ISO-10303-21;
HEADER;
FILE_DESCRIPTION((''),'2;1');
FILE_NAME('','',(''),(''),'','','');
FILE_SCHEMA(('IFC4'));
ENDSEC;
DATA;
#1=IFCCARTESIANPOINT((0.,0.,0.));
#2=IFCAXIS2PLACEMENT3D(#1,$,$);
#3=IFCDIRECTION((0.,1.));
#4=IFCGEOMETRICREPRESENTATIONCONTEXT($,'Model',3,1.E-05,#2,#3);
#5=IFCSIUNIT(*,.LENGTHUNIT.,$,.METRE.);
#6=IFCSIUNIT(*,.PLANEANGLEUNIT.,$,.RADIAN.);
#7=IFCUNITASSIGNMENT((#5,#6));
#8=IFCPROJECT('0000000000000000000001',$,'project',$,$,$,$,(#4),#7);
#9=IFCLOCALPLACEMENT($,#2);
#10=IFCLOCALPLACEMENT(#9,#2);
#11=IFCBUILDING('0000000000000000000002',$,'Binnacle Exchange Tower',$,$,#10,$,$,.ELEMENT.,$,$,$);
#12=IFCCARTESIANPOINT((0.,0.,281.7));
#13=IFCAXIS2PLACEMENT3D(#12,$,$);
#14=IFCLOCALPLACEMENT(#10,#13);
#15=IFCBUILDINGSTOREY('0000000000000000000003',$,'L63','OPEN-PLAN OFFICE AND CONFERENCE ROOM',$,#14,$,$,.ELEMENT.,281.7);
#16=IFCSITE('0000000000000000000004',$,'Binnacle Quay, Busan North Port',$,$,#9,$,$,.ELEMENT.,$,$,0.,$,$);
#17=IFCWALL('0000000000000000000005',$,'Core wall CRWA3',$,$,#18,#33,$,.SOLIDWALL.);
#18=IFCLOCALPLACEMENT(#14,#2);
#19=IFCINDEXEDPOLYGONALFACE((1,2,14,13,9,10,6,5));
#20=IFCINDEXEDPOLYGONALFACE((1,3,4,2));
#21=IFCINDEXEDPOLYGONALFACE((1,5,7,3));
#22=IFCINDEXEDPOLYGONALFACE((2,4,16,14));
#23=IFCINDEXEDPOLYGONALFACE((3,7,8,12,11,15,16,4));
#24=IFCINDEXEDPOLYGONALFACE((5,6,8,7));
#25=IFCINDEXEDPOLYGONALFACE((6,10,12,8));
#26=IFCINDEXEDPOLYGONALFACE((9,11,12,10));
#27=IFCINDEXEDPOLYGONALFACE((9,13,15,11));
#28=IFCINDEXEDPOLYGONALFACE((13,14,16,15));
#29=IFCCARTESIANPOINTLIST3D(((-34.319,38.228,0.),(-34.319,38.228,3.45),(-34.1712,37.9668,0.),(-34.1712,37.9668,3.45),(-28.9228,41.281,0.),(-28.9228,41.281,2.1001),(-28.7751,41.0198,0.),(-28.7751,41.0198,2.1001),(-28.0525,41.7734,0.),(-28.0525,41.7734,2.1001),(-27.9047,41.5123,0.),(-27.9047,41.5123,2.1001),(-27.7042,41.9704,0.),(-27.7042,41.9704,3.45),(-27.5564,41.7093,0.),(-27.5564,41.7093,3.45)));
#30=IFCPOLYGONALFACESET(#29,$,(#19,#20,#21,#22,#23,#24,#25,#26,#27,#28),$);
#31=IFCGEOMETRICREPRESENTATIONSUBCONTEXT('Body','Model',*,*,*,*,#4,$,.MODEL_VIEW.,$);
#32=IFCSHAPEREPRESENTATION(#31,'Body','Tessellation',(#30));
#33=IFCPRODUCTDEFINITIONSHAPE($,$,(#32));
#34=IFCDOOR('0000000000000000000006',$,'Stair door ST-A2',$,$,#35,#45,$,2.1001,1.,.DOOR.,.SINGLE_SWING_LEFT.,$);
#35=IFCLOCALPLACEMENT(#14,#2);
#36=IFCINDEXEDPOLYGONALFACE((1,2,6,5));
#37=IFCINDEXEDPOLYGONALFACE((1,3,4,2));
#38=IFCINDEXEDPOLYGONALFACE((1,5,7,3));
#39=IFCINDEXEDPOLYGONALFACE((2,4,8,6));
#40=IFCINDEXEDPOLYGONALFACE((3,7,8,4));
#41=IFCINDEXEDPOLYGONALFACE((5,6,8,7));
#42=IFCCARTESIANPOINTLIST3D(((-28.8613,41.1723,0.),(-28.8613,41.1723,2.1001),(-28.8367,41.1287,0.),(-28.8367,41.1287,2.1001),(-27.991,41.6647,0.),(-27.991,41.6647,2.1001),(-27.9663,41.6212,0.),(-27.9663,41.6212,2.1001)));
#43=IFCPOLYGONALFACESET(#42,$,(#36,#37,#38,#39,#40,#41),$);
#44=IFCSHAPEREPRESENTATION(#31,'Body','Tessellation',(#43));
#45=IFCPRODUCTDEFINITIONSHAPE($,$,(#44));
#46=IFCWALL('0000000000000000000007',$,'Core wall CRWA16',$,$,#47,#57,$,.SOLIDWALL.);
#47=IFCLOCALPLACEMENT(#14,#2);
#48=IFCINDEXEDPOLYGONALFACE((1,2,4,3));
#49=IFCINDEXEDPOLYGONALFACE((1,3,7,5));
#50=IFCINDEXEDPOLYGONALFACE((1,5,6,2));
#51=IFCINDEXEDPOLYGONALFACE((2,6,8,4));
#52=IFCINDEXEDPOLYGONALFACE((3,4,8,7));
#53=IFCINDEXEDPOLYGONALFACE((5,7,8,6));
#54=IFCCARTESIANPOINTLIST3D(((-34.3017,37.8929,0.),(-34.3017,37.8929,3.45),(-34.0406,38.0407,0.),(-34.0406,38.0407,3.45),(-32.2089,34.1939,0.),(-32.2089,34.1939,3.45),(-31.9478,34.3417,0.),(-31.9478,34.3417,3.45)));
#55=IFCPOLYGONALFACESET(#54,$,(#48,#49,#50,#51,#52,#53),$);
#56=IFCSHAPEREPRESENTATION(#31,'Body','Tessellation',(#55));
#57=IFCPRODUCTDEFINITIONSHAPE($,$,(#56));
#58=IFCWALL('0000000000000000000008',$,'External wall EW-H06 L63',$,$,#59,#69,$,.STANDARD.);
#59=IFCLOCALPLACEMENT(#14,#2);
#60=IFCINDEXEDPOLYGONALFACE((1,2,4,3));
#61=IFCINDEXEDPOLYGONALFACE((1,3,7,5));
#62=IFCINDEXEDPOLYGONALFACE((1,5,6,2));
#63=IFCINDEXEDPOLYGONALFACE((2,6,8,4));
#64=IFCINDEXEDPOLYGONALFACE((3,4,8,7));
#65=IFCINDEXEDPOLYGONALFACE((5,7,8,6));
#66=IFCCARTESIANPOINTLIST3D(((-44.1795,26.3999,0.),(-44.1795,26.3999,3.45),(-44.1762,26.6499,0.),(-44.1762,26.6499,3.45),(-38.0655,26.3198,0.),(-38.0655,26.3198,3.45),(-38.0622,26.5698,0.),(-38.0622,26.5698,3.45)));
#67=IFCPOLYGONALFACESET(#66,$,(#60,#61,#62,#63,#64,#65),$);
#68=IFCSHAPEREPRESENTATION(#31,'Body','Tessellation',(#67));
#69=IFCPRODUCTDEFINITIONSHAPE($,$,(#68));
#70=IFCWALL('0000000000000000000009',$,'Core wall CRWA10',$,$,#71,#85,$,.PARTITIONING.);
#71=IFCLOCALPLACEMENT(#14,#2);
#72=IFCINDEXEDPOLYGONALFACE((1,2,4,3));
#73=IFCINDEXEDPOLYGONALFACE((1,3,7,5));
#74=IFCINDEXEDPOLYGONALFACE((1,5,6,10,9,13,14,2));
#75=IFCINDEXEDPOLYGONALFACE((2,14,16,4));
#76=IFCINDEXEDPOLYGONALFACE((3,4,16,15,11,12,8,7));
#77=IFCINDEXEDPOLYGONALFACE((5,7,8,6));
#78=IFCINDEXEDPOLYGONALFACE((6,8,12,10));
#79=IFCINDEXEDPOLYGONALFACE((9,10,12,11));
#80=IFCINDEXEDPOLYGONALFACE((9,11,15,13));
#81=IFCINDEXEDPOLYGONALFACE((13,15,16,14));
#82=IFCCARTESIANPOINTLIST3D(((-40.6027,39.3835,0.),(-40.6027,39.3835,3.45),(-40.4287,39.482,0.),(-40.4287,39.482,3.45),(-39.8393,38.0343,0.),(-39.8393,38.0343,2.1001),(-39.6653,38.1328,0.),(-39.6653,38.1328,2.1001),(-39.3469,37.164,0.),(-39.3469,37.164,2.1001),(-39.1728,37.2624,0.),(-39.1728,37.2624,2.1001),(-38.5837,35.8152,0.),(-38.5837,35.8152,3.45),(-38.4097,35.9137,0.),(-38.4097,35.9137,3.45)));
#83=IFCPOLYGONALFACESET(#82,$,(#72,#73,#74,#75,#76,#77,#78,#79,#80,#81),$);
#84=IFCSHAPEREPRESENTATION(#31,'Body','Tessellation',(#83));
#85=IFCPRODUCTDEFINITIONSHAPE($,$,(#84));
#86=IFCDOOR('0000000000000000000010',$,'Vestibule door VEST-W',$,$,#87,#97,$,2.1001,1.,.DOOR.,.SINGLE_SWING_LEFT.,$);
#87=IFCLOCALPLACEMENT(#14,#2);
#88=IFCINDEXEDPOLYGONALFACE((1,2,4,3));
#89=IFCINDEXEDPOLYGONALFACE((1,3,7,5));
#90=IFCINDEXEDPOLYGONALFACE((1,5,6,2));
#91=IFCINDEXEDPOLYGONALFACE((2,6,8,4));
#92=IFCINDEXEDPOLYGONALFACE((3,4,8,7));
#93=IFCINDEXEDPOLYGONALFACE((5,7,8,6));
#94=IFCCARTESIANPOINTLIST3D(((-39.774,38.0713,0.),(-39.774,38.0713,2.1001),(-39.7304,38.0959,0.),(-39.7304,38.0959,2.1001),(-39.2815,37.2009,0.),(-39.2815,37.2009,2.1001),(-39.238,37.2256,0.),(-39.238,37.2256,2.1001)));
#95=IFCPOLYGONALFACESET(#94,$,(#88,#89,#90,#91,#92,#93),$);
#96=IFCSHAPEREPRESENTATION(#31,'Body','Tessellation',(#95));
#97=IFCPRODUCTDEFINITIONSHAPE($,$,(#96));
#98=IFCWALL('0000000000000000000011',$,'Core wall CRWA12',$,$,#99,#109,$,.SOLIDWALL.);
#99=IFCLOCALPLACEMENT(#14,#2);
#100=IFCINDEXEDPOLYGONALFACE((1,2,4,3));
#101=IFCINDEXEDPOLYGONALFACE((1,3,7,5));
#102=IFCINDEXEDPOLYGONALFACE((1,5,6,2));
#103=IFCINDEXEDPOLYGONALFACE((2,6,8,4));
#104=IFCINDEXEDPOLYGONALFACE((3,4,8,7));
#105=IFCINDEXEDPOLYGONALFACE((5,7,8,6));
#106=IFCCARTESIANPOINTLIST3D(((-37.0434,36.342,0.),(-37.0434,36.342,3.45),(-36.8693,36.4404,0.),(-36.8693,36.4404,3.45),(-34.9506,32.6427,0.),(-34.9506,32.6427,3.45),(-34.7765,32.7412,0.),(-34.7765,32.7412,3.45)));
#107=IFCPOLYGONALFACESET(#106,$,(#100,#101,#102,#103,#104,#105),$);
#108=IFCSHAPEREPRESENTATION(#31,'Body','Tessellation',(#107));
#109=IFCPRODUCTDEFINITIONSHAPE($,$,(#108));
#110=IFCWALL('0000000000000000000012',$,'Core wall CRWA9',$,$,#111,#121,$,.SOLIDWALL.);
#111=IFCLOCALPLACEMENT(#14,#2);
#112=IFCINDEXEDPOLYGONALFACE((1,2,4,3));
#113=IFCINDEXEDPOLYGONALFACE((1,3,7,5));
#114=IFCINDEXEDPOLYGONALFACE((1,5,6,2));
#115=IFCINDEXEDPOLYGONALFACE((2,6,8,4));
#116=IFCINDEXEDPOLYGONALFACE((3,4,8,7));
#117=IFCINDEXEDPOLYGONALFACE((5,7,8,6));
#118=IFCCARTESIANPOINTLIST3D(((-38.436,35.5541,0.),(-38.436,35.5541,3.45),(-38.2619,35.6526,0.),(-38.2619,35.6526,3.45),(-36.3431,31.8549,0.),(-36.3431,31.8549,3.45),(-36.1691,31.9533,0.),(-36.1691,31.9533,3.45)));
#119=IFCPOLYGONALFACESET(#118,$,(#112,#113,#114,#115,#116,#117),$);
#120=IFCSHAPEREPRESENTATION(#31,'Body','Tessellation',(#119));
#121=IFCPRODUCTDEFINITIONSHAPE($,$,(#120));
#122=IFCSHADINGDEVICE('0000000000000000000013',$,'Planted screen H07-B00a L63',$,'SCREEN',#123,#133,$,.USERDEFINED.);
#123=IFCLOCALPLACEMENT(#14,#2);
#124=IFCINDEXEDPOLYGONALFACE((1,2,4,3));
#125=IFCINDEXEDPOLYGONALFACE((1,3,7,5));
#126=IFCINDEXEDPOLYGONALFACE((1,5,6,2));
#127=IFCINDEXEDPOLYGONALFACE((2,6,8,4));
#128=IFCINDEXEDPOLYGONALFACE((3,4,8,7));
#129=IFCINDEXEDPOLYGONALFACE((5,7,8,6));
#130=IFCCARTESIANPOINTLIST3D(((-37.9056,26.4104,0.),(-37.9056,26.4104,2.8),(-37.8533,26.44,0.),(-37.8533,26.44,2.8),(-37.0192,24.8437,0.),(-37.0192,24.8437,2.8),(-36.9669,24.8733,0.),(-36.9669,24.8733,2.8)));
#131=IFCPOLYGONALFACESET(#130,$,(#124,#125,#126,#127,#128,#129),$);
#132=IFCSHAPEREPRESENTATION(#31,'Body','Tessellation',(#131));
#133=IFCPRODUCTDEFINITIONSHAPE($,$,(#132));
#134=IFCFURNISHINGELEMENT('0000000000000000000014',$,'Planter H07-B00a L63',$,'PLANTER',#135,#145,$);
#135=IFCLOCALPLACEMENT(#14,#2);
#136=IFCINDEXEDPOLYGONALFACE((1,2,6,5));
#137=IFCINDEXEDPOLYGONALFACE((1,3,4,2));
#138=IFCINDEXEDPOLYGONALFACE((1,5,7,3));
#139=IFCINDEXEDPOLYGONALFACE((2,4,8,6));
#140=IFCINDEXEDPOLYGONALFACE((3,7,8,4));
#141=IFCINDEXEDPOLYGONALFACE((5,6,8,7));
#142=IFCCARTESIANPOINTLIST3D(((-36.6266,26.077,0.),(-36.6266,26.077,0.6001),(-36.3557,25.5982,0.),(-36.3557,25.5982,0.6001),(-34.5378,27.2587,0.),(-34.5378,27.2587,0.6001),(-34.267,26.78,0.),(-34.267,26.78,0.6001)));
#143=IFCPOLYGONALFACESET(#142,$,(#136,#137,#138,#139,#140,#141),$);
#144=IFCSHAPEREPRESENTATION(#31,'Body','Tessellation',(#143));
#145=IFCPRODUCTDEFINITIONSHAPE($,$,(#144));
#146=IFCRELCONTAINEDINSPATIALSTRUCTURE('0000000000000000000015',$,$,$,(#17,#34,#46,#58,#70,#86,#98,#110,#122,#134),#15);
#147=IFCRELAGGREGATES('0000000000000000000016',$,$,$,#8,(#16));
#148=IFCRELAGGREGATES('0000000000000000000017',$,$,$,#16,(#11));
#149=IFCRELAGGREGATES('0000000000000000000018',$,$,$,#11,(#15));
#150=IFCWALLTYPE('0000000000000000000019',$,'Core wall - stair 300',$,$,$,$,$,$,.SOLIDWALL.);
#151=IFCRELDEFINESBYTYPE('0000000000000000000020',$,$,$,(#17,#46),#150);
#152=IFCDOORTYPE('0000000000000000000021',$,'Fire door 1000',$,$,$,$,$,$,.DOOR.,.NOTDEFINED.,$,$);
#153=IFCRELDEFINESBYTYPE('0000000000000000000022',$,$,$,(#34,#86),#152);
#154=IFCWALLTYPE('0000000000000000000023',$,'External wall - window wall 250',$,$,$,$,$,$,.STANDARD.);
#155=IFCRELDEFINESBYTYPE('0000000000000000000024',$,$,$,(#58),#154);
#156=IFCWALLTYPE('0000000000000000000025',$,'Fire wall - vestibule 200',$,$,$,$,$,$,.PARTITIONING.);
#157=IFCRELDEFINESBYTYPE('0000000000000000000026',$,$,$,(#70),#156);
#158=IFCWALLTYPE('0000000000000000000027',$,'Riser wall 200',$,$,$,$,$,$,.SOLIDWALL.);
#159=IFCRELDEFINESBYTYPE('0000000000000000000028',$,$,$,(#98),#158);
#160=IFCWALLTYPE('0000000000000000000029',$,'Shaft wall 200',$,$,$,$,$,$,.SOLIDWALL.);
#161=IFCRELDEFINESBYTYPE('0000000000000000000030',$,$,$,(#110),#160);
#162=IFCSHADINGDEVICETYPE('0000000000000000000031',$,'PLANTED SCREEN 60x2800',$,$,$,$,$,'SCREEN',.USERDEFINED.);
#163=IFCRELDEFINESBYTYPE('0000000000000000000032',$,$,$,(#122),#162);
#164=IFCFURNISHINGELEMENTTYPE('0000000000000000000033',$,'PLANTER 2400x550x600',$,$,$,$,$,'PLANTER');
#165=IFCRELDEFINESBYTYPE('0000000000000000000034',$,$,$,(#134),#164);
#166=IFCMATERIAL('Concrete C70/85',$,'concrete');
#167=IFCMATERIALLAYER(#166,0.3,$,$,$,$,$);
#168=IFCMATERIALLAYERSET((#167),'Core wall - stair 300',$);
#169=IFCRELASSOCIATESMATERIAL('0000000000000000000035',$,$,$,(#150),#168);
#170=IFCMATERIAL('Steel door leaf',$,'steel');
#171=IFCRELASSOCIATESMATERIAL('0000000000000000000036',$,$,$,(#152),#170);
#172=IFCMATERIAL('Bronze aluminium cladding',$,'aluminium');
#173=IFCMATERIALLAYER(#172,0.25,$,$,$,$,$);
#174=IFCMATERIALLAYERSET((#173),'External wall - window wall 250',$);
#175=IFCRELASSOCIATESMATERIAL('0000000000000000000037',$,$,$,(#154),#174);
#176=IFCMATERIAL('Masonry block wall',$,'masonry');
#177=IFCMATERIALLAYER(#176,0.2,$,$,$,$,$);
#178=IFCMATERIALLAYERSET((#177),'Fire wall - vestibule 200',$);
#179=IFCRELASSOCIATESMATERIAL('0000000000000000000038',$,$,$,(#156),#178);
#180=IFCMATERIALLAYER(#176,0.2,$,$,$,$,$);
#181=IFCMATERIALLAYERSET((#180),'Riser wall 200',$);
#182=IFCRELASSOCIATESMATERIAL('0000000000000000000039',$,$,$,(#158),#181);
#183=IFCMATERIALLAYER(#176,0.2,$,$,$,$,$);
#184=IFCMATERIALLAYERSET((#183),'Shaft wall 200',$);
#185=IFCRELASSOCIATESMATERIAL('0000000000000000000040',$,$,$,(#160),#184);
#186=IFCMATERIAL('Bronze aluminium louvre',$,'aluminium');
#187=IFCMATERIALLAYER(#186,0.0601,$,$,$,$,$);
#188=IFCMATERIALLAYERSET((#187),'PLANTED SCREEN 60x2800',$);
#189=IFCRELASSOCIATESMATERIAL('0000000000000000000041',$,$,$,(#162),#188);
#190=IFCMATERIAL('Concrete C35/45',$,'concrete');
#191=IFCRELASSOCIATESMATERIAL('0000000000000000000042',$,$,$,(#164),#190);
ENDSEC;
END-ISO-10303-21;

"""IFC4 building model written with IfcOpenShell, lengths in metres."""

from ifc_helpers import new_model, si_unit, direction, frame, frame_2d, origin, origin_2d, place, context, subcontext, project, spatial, rectangle, extrude, material, layer, layer_set, type_object, element, fill, save


model = new_model("IFC4")

# Units and contexts
model_context = context("Model", 3, precision=1e-05, world=origin(), true_north=direction((0.0, 1.0)))
body_context = subcontext(model_context, "Body", "Model", "MODEL_VIEW")
ifc_project = project(units=[si_unit("LENGTHUNIT", "METRE"), si_unit("PLANEANGLEUNIT", "RADIAN")], contexts=[model_context])

# Site, building, storey
site_placement = place(None, origin())
site = spatial("IfcSite", under=ifc_project, at=site_placement, Name="Binnacle Quay, Busan North Port", CompositionType="ELEMENT", RefElevation=0.0)
building_placement = place(site_placement, origin())
building = spatial("IfcBuilding", under=site, at=building_placement, Name="Binnacle Exchange Tower", CompositionType="ELEMENT")
storey_placement = place(building_placement, frame((0.0, 0.0, 281.7)))
storey = spatial("IfcBuildingStorey", under=building, at=storey_placement, Name="L63", Description="OPEN-PLAN OFFICE AND CONFERENCE ROOM", CompositionType="ELEMENT", Elevation=281.7)

# Shared definitions
ifc_material_1 = material(Name="Concrete C70/85", Category="concrete")
ifc_material_2 = material(Name="Steel door leaf", Category="steel")

# Wall, opening, door
ifc_layer_1 = layer(ifc_material_1, 0.3)
ifc_layer_set_1 = layer_set([ifc_layer_1], Name="Core wall - stair 300")
wall_type_1 = type_object("IfcWallType", Name="Core wall - stair 300", PredefinedType="SOLIDWALL", material=ifc_layer_set_1)
wall_1_placement = place(storey_placement, frame((-34.2451, 38.0974, 0.0), z_axis=(0.0, 0.0, 1.0), x_axis=(0.870356, 0.492422, 0.0)))
wall_1 = element("IfcWall", 1, at=wall_1_placement, inside=storey, type_object=wall_type_1, Name="Core wall CRWA3", PredefinedType="SOLIDWALL", context=body_context, shape_type="SweptSolid", body=[
    extrude(rectangle(XDim=7.6001, YDim=0.3, at=frame_2d((3.8, 0.0))), origin(), (0.0, 0.0, 1.0), 3.45),
])
opening_1_placement = place(wall_1_placement, frame((6.2, 0.0, 0.0)))
opening_1 = element("IfcOpeningElement", 2, at=opening_1_placement, cuts=wall_1, PredefinedType="OPENING", context=body_context, shape_type="SweptSolid", body=[
    extrude(rectangle(XDim=1.0, YDim=2.1001, at=frame_2d((0.5, 1.05))), frame((0.0, 0.1599, 0.0), z_axis=(0.0, -1.0, 0.0), x_axis=(1.0, 0.0, 0.0)), (0.0, 0.0, 1.0), 0.3201),
])
door_type_1 = type_object("IfcDoorType", Name="Fire door 1000", OperationType="NOTDEFINED", PredefinedType="DOOR", material=ifc_material_2)
door_1_placement = place(opening_1_placement, frame((1.0, 0.0, 0.0), z_axis=(0.0, 0.0, 1.0), x_axis=(-1.0, 0.0, 0.0)))
door_1 = element("IfcDoor", 3, at=door_1_placement, inside=storey, type_object=door_type_1, Name="Stair door ST-A2", OperationType="SINGLE_SWING_LEFT", OverallHeight=2.1001, OverallWidth=1.0, PredefinedType="DOOR", context=body_context, shape_type="SweptSolid", body=[
    extrude(rectangle(XDim=1.0, YDim=2.1001, at=frame_2d((0.5, 1.05))), frame((0.0, 0.0249, 0.0), z_axis=(0.0, -1.0, 0.0), x_axis=(1.0, 0.0, 0.0)), (0.0, 0.0, 1.0), 0.05),
])
fill(opening_1, door_1)

# Walls
wall_2_placement = place(storey_placement, frame((-34.1711, 37.9668, 0.0), z_axis=(0.0, 0.0, 1.0), x_axis=(0.492423, -0.870356, 0.0)))
element("IfcWall", 4, at=wall_2_placement, inside=storey, type_object=wall_type_1, Name="Core wall CRWA16", PredefinedType="SOLIDWALL", context=body_context, shape_type="SweptSolid", body=[
    extrude(rectangle(XDim=4.25, YDim=0.3, at=frame_2d((2.125, 0.0))), origin(), (0.0, 0.0, 1.0), 3.45),
])
ifc_material_3 = material(Name="Bronze aluminium cladding", Category="aluminium")
ifc_layer_2 = layer(ifc_material_3, 0.25)
ifc_layer_set_2 = layer_set([ifc_layer_2], Name="External wall - window wall 250")
wall_type_2 = type_object("IfcWallType", Name="External wall - window wall 250", PredefinedType="STANDARD", material=ifc_layer_set_2)
wall_3_placement = place(storey_placement, frame((-38.064, 26.4448, 0.0), z_axis=(0.0, 0.0, 1.0), x_axis=(-0.999914, 0.013096, 0.0)))
element("IfcWall", 5, at=wall_3_placement, inside=storey, type_object=wall_type_2, Name="External wall EW-H06 L63", PredefinedType="STANDARD", context=body_context, shape_type="SweptSolid", body=[
    extrude(rectangle(XDim=6.1145, YDim=0.25, at=frame_2d((3.0571, 0.0))), origin(), (0.0, 0.0, 1.0), 3.45),
])

# Wall, opening, door
ifc_material_4 = material(Name="Masonry block wall", Category="masonry")
ifc_layer_3 = layer(ifc_material_4, 0.2)
ifc_layer_set_3 = layer_set([ifc_layer_3], Name="Fire wall - vestibule 200")
wall_type_3 = type_object("IfcWallType", Name="Fire wall - vestibule 200", PredefinedType="PARTITIONING", material=ifc_layer_set_3)
wall_4_placement = place(storey_placement, frame((-40.5156, 39.4326, 0.0), z_axis=(0.0, 0.0, 1.0), x_axis=(0.492454, -0.870339, 0.0)))
wall_4 = element("IfcWall", 6, at=wall_4_placement, inside=storey, type_object=wall_type_3, Name="Core wall CRWA10", PredefinedType="PARTITIONING", context=body_context, shape_type="SweptSolid", body=[
    extrude(rectangle(XDim=4.0999, YDim=0.2, at=frame_2d((2.0498, 0.0))), origin(), (0.0, 0.0, 1.0), 3.45),
])
opening_2_placement = place(wall_4_placement, frame((1.55, 0.0, 0.0)))
opening_2 = element("IfcOpeningElement", 7, at=opening_2_placement, cuts=wall_4, PredefinedType="OPENING", context=body_context, shape_type="SweptSolid", body=[
    extrude(rectangle(XDim=1.0, YDim=2.1001, at=frame_2d((0.5, 1.05))), frame((0.0, 0.1099, 0.0), z_axis=(0.0, -1.0, 0.0), x_axis=(1.0, 0.0, 0.0)), (0.0, 0.0, 1.0), 0.22),
])
door_2_placement = place(opening_2_placement, frame((1.0, 0.0, 0.0), z_axis=(0.0, 0.0, 1.0), x_axis=(-1.0, 0.0, 0.0)))
door_2 = element("IfcDoor", 8, at=door_2_placement, inside=storey, type_object=door_type_1, Name="Vestibule door VEST-W", OperationType="SINGLE_SWING_LEFT", OverallHeight=2.1001, OverallWidth=1.0, PredefinedType="DOOR", context=body_context, shape_type="SweptSolid", body=[
    extrude(rectangle(XDim=1.0, YDim=2.1001, at=frame_2d((0.5, 1.05))), frame((0.0, 0.0249, 0.0), z_axis=(0.0, -1.0, 0.0), x_axis=(1.0, 0.0, 0.0)), (0.0, 0.0, 1.0), 0.05),
])
fill(opening_2, door_2)

# Walls
ifc_layer_4 = layer(ifc_material_4, 0.2)
ifc_layer_set_4 = layer_set([ifc_layer_4], Name="Riser wall 200")
wall_type_4 = type_object("IfcWallType", Name="Riser wall 200", PredefinedType="SOLIDWALL", material=ifc_layer_set_4)
wall_5_placement = place(storey_placement, frame((-36.9563, 36.3911, 0.0), z_axis=(0.0, 0.0, 1.0), x_axis=(0.492398, -0.87037, 0.0)))
element("IfcWall", 9, at=wall_5_placement, inside=storey, type_object=wall_type_4, Name="Core wall CRWA12", PredefinedType="SOLIDWALL", context=body_context, shape_type="SweptSolid", body=[
    extrude(rectangle(XDim=4.2502, YDim=0.2, at=frame_2d((2.125, 0.0))), origin(), (0.0, 0.0, 1.0), 3.45),
])
ifc_layer_5 = layer(ifc_material_4, 0.2)
ifc_layer_set_5 = layer_set([ifc_layer_5], Name="Shaft wall 200")
wall_type_5 = type_object("IfcWallType", Name="Shaft wall 200", PredefinedType="SOLIDWALL", material=ifc_layer_set_5)
wall_6_placement = place(storey_placement, frame((-38.3489, 35.6033, 0.0), z_axis=(0.0, 0.0, 1.0), x_axis=(0.492398, -0.87037, 0.0)))
element("IfcWall", 10, at=wall_6_placement, inside=storey, type_object=wall_type_5, Name="Core wall CRWA9", PredefinedType="SOLIDWALL", context=body_context, shape_type="SweptSolid", body=[
    extrude(rectangle(XDim=4.2502, YDim=0.2, at=frame_2d((2.125, 0.0))), origin(), (0.0, 0.0, 1.0), 3.45),
])

# Shading device
ifc_material_5 = material(Name="Bronze aluminium louvre", Category="aluminium")
ifc_layer_6 = layer(ifc_material_5, 0.0601)
ifc_layer_set_6 = layer_set([ifc_layer_6], Name="PLANTED SCREEN 60x2800")
shading_device_type = type_object("IfcShadingDeviceType", Name="PLANTED SCREEN 60x2800", ElementType="SCREEN", PredefinedType="USERDEFINED", material=ifc_layer_set_6)
shading_device_placement = place(storey_placement, frame((-37.4363, 25.6418, 0.0), z_axis=(0.0, 0.0, 1.0), x_axis=(0.870356, 0.492424, 0.0)))
element("IfcShadingDevice", 11, at=shading_device_placement, inside=storey, type_object=shading_device_type, Name="Planted screen H07-B00a L63", ObjectType="SCREEN", PredefinedType="USERDEFINED", context=body_context, shape_type="SweptSolid", body=[
    extrude(rectangle(XDim=0.0601, YDim=1.8, at=origin_2d()), origin(), (0.0, 0.0, 1.0), 2.8),
])

# Furnishing element
ifc_material_6 = material(Name="Concrete C35/45", Category="concrete")
furnishing_element_type = type_object("IfcFurnishingElementType", Name="PLANTER 2400x550x600", ElementType="PLANTER", material=ifc_material_6)
furnishing_placement = place(storey_placement, frame((-35.4468, 26.4285, 0.0), z_axis=(0.0, 0.0, 1.0), x_axis=(0.870356, 0.492424, 0.0)))
element("IfcFurnishingElement", 12, at=furnishing_placement, inside=storey, type_object=furnishing_element_type, Name="Planter H07-B00a L63", ObjectType="PLANTER", context=body_context, shape_type="SweptSolid", body=[
    extrude(rectangle(XDim=2.3999, YDim=0.55, at=origin_2d()), origin(), (0.0, 0.0, 1.0), 0.6001),
])

save(model, "model.ifc")
